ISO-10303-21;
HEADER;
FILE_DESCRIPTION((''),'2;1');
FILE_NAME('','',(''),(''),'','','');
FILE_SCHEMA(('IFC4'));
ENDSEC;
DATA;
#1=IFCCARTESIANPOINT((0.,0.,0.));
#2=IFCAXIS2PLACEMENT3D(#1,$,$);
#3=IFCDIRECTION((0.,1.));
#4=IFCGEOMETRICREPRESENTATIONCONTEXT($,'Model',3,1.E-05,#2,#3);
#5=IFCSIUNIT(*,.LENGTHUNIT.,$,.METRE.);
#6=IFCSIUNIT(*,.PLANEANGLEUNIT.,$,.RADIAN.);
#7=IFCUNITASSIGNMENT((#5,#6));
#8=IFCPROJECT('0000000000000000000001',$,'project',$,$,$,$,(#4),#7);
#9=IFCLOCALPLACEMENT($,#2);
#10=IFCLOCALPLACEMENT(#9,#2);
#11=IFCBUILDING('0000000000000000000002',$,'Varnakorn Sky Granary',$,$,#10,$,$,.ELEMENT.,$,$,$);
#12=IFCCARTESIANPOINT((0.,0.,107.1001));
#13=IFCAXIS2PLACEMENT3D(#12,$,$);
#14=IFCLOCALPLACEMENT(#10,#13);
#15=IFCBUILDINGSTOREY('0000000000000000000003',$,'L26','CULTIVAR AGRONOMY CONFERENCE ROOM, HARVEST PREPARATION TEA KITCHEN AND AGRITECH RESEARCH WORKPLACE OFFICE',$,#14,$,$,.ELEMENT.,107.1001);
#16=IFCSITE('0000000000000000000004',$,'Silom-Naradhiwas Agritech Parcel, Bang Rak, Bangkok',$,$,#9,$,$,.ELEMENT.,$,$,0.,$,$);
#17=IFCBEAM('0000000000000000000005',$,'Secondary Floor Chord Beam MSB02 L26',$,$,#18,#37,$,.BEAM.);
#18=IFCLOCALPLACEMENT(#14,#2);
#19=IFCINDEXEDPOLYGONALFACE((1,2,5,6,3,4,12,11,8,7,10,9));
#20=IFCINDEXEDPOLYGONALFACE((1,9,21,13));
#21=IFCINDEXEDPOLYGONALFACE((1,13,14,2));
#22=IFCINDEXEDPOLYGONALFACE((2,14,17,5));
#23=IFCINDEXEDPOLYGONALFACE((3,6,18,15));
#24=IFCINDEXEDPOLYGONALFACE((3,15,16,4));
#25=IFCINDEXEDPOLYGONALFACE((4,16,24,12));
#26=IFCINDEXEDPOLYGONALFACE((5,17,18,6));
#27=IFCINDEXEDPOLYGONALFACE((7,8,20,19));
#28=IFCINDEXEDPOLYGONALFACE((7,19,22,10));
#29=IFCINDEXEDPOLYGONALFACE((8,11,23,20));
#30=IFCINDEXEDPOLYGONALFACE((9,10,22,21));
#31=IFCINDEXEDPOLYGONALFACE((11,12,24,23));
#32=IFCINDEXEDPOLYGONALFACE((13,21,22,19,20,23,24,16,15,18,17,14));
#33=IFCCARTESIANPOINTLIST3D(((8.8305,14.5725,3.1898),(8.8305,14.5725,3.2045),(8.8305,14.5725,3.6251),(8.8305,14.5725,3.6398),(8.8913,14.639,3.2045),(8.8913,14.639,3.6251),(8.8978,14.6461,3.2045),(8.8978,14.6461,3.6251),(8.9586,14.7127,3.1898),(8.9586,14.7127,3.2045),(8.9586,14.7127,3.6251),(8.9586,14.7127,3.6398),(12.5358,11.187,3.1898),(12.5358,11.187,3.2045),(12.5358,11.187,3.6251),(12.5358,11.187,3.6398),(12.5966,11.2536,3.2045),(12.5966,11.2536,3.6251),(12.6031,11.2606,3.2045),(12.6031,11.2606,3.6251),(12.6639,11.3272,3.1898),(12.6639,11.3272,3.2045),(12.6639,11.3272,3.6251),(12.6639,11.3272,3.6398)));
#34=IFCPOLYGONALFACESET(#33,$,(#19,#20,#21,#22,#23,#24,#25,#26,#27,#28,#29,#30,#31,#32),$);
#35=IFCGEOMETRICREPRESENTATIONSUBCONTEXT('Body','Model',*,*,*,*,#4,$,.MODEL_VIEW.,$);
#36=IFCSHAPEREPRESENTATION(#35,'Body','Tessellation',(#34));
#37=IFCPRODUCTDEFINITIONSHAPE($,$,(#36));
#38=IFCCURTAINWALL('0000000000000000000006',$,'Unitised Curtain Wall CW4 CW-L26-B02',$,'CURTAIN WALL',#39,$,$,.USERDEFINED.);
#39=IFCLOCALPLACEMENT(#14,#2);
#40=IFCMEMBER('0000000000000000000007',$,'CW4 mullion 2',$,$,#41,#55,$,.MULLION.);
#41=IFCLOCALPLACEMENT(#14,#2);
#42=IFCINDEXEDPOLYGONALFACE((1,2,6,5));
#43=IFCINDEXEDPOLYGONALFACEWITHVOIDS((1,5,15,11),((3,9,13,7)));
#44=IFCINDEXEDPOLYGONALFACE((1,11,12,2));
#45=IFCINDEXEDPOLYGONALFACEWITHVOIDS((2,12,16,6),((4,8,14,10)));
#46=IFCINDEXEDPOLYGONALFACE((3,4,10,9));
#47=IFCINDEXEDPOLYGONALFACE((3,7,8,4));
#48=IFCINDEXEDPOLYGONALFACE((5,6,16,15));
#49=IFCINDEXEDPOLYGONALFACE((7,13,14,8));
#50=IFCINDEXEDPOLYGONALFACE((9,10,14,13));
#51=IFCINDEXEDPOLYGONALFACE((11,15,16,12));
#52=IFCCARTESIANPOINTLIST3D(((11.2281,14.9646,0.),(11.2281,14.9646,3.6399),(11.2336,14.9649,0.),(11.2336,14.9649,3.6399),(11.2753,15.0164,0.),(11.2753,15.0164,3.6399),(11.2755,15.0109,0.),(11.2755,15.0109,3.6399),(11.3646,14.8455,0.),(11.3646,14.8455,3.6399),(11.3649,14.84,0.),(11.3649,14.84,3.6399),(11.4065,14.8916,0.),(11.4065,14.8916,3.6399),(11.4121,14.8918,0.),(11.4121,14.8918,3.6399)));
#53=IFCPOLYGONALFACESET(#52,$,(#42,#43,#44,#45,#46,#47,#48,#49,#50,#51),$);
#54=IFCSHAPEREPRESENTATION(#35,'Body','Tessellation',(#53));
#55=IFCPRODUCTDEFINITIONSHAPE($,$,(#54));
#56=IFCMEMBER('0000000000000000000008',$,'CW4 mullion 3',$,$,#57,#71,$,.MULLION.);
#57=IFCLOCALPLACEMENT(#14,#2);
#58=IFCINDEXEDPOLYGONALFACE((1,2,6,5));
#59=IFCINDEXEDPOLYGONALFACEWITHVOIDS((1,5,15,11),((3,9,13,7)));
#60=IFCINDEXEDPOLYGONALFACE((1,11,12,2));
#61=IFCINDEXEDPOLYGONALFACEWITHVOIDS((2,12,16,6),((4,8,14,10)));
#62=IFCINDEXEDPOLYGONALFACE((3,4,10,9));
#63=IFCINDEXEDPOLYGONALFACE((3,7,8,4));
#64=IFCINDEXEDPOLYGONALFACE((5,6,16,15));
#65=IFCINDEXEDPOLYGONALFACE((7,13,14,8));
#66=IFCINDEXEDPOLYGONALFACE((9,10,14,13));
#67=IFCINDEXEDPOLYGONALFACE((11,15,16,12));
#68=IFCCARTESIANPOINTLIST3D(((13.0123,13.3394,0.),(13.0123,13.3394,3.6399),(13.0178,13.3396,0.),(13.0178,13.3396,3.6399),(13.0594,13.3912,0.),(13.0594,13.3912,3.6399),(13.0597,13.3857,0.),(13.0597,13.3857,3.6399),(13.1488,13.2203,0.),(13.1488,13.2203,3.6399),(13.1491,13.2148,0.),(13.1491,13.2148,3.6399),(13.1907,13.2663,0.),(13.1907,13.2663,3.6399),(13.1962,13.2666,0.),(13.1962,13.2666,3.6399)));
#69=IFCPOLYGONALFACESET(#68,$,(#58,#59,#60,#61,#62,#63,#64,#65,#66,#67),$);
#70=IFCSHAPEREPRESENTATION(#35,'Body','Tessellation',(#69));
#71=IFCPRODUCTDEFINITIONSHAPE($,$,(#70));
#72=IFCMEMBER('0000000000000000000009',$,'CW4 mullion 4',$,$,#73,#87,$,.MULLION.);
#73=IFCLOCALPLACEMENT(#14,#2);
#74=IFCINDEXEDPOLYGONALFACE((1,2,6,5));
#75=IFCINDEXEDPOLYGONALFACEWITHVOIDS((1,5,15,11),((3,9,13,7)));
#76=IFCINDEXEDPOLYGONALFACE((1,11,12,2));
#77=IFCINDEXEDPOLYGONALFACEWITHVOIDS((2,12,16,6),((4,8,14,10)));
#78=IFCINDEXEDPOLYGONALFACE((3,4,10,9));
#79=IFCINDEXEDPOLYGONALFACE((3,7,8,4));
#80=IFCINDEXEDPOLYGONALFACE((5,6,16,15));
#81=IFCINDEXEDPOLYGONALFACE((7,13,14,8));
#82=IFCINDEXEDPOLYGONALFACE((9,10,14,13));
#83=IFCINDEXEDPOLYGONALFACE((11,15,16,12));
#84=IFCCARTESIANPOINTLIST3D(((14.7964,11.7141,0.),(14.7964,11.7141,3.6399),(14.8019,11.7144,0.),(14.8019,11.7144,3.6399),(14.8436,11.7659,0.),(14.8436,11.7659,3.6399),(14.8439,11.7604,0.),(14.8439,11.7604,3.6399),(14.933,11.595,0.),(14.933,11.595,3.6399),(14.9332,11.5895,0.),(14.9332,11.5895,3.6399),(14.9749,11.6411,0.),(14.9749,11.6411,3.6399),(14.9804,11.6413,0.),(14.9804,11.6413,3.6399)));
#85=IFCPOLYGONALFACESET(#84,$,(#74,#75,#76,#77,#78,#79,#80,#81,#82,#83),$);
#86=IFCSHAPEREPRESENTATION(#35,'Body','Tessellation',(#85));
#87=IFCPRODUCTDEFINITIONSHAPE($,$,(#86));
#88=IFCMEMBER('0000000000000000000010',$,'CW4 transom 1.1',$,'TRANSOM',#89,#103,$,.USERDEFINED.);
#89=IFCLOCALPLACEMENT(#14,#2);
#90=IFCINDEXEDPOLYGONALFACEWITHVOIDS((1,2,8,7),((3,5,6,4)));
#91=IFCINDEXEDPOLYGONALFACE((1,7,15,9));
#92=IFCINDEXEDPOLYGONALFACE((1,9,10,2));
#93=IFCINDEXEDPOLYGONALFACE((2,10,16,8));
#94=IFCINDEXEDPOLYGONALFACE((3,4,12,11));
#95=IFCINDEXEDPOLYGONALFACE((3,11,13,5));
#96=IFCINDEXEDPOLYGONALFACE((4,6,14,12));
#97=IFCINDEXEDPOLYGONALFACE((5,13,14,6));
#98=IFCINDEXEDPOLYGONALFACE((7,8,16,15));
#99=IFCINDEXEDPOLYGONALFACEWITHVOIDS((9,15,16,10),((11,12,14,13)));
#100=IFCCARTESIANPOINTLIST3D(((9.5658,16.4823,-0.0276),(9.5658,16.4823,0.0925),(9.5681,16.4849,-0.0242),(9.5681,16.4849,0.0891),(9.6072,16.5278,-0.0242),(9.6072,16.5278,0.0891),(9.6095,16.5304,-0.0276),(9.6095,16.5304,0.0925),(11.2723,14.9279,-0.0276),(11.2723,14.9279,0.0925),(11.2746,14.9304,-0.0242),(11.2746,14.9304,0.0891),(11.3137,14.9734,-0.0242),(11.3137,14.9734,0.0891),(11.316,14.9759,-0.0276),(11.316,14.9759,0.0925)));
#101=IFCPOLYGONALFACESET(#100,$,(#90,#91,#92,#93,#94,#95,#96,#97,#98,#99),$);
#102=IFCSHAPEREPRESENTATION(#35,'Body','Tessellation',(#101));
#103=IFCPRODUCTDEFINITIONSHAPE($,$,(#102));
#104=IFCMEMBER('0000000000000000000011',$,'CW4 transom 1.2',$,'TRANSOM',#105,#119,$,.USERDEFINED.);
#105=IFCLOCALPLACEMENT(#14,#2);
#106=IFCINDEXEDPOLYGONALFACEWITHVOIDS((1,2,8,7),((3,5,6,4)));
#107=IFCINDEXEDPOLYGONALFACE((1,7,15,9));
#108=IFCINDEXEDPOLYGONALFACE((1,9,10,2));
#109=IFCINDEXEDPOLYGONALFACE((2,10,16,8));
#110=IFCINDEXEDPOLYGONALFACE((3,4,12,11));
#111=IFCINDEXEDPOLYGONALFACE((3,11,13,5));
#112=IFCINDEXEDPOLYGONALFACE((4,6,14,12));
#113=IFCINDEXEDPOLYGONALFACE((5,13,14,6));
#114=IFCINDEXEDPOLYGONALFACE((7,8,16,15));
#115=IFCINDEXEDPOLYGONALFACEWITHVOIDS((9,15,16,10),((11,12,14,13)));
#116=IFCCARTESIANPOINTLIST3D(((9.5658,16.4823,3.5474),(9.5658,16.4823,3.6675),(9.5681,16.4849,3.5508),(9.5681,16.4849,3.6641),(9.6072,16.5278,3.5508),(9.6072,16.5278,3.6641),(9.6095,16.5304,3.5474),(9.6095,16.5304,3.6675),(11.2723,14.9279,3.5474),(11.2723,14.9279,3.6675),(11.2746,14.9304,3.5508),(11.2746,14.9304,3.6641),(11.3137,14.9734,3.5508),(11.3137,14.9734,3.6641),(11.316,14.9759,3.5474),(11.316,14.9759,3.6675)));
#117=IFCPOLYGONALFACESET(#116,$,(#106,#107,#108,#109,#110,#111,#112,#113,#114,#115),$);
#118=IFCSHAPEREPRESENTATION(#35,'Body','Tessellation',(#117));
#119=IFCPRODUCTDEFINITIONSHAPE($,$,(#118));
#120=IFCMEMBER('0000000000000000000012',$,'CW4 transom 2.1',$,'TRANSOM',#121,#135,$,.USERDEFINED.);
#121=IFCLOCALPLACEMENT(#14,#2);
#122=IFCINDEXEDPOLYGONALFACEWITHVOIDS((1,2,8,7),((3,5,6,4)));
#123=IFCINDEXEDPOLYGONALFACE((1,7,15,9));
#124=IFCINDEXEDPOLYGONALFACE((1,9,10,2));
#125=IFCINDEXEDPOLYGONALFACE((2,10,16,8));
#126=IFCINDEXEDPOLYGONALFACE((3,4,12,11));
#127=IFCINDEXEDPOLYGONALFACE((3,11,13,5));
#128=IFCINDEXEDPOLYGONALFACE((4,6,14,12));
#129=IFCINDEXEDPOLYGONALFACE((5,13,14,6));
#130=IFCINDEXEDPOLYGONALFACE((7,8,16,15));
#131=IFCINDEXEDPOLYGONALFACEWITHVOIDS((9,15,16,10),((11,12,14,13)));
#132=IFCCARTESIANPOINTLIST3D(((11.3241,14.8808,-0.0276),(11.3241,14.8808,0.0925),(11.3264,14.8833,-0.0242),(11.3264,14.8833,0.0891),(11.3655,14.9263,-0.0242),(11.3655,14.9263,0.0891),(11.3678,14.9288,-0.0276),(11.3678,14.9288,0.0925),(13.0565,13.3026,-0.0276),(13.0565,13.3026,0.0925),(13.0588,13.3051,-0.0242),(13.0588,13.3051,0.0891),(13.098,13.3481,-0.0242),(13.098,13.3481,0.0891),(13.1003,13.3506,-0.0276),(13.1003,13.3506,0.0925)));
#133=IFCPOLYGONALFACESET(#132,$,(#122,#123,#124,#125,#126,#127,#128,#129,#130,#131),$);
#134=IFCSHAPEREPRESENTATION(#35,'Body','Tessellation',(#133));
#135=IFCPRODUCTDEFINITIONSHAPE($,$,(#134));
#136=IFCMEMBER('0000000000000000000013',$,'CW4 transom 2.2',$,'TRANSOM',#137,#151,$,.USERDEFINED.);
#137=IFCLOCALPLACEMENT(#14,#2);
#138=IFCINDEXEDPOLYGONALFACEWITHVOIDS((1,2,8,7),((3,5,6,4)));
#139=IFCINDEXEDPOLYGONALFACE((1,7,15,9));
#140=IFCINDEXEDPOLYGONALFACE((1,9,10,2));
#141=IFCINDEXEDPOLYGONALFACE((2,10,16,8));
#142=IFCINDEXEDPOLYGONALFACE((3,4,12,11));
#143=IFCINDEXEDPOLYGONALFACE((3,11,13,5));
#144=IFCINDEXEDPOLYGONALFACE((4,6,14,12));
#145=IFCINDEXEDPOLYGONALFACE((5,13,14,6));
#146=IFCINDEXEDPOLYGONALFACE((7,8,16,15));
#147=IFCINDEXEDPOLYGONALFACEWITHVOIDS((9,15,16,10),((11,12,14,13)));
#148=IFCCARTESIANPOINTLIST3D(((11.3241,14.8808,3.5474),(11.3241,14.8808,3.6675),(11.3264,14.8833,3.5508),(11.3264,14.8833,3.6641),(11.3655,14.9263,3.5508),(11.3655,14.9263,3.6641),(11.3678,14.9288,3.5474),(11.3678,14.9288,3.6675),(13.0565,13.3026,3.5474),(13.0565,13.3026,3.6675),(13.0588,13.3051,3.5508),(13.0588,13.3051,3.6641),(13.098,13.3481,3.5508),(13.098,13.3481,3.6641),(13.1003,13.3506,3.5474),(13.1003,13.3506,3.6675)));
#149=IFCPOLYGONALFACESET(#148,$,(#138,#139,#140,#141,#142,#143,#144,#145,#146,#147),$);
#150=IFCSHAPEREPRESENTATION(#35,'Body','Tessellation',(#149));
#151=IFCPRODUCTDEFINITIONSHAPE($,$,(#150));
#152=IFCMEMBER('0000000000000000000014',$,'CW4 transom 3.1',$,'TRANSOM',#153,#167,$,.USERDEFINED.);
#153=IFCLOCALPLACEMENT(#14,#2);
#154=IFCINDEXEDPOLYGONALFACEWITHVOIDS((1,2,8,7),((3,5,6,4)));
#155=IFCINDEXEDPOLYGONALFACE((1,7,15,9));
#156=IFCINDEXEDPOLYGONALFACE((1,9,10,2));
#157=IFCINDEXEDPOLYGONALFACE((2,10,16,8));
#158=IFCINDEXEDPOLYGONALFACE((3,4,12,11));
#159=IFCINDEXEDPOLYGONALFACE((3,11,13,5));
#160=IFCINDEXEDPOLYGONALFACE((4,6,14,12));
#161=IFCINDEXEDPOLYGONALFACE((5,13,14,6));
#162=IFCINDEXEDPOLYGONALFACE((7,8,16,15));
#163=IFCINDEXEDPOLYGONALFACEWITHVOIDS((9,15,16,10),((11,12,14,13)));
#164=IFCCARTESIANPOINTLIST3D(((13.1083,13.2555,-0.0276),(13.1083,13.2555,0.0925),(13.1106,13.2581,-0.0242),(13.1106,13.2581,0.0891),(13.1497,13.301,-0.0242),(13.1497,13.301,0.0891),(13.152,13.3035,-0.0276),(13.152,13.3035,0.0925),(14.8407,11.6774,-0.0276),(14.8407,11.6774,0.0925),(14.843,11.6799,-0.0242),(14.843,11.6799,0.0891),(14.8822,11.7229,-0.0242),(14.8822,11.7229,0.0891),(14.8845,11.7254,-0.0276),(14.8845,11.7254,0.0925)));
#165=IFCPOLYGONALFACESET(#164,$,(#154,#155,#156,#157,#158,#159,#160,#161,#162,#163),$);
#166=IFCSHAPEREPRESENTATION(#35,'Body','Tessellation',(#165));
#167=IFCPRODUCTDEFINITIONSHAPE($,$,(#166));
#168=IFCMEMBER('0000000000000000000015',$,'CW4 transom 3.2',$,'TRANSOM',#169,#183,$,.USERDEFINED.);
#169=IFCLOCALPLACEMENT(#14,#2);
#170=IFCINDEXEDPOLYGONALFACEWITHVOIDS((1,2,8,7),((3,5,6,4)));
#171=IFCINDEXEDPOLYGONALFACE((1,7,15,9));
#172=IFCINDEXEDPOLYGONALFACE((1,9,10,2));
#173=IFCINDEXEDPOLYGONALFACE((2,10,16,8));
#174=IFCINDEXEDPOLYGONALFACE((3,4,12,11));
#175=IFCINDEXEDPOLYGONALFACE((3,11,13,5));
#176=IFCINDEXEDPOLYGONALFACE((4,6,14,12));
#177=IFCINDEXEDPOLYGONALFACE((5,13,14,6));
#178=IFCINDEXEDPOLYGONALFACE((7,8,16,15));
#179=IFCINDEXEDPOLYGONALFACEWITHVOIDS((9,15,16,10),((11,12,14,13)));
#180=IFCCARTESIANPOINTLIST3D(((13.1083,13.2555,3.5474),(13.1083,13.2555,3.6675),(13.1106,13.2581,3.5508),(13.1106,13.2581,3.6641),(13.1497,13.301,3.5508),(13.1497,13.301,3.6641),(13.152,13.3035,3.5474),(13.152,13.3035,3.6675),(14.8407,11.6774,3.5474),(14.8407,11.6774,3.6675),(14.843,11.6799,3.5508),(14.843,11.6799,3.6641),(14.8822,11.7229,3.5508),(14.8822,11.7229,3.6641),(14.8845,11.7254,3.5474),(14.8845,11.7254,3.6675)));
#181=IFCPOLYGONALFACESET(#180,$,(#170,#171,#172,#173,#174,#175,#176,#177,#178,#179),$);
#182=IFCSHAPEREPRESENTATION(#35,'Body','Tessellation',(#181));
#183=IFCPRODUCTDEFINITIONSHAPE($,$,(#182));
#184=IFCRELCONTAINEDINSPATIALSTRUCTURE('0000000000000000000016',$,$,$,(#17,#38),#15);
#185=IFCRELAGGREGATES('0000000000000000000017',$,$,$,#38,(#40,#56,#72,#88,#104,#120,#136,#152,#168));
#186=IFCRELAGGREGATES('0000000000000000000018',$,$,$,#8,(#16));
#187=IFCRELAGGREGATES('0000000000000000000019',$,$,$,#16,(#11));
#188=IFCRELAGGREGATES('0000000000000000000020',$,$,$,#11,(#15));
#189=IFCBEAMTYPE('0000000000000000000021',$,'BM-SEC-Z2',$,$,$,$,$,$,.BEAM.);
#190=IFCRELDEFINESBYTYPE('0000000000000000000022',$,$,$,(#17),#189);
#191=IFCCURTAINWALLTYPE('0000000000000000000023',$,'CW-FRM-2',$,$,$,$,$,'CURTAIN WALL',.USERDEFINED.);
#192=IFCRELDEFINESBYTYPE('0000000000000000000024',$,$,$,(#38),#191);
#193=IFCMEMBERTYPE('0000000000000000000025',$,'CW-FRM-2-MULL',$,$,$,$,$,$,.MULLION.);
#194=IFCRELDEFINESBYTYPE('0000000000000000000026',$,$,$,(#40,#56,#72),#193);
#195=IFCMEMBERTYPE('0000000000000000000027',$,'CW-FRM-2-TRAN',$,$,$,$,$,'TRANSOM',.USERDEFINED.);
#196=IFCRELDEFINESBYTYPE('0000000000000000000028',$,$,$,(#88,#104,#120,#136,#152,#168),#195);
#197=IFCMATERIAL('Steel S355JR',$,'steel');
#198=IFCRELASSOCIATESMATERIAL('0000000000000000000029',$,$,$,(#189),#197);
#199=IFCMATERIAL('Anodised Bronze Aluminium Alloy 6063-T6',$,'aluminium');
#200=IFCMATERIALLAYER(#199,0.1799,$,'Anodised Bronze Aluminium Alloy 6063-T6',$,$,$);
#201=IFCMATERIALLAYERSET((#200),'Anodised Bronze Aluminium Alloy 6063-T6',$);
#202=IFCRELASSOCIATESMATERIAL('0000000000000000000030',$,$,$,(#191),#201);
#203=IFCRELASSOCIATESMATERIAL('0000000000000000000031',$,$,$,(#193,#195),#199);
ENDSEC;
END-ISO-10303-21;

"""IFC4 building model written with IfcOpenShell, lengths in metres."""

from ifc_helpers import new_model, si_unit, direction, frame, origin, origin_2d, place, context, subcontext, project, spatial, hollow_rectangle, i_section, extrude, material, layer, layer_set, material_profile, profile_set, type_object, element, aggregate, save


model = new_model("IFC4")

# Units and contexts
model_context = context("Model", 3, precision=1e-05, world=origin(), true_north=direction((0.0, 1.0)))
body_context = subcontext(model_context, "Body", "Model", "MODEL_VIEW")
ifc_project = project(units=[si_unit("LENGTHUNIT", "METRE"), si_unit("PLANEANGLEUNIT", "RADIAN")], contexts=[model_context])

# Site, building, storey
site_placement = place(None, origin())
site = spatial("IfcSite", under=ifc_project, at=site_placement, Name="Silom-Naradhiwas Agritech Parcel, Bang Rak, Bangkok", CompositionType="ELEMENT", RefElevation=0.0)
building_placement = place(site_placement, origin())
building = spatial("IfcBuilding", under=site, at=building_placement, Name="Varnakorn Sky Granary", CompositionType="ELEMENT")
storey_placement = place(building_placement, frame((0.0, 0.0, 107.1001)))
storey = spatial("IfcBuildingStorey", under=building, at=storey_placement, Name="L26", Description="CULTIVAR AGRONOMY CONFERENCE ROOM, HARVEST PREPARATION TEA KITCHEN AND AGRITECH RESEARCH WORKPLACE OFFICE", CompositionType="ELEMENT", Elevation=107.1001)

# Beam
ifc_material_1 = material(Name="Steel S355JR", Category="steel")
ifc_material_profile_1 = material_profile(ifc_material_1, i_section(OverallWidth=0.1899, OverallDepth=0.45, WebThickness=0.0095, FlangeThickness=0.0146, at=origin_2d()), Name="IPE 450")
ifc_profile_set_1 = profile_set([ifc_material_profile_1], Name="Steel S355JR")
beam_type = type_object("IfcBeamType", Name="BM-SEC-Z2", PredefinedType="BEAM", material=ifc_profile_set_1)
beam_placement = place(storey_placement, frame((12.5999, 11.2571, 3.4148), z_axis=(-0.73825, 0.674528, 0.0), x_axis=(-0.674528, -0.73825, 0.0)))
element("IfcBeam", 1, at=beam_placement, inside=storey, type_object=beam_type, Name="Secondary Floor Chord Beam MSB02 L26", PredefinedType="BEAM", context=body_context, shape_type="SweptSolid", body=[
    extrude(i_section(OverallWidth=0.1899, OverallDepth=0.45, WebThickness=0.0095, FlangeThickness=0.0146, at=origin_2d()), origin(), (0.0, 0.0, 1.0), 5.019),
])

# Curtain wall, members
ifc_material_2 = material(Name="Anodised Bronze Aluminium Alloy 6063-T6", Category="aluminium")
ifc_layer_1 = layer(ifc_material_2, 0.1799, Name="Anodised Bronze Aluminium Alloy 6063-T6")
ifc_layer_set_1 = layer_set([ifc_layer_1], Name="Anodised Bronze Aluminium Alloy 6063-T6")
curtain_wall_type = type_object("IfcCurtainWallType", Name="CW-FRM-2", ElementType="CURTAIN WALL", PredefinedType="USERDEFINED", material=ifc_layer_set_1)
curtain_wall_placement = place(storey_placement, origin())
curtain_wall = element("IfcCurtainWall", 2, at=curtain_wall_placement, inside=storey, type_object=curtain_wall_type, Name="Unitised Curtain Wall CW4 CW-L26-B02", ObjectType="CURTAIN WALL", PredefinedType="USERDEFINED")
ifc_material_profile_2 = material_profile(ifc_material_2, hollow_rectangle(XDim=0.0701, YDim=0.1851, WallThickness=0.0039, at=origin_2d()), Name="ALU MULL 70x185")
ifc_profile_set_2 = profile_set([ifc_material_profile_2], Name="Anodised Bronze Aluminium Alloy 6063-T6")
member_type_1 = type_object("IfcMemberType", Name="CW-FRM-2-MULL", PredefinedType="MULLION", material=ifc_profile_set_2)
member_1_placement = place(storey_placement, frame((11.3201, 14.9282, 0.0), z_axis=(0.0, 0.0, 1.0), x_axis=(0.673414, 0.739265, 0.0)))
member_1 = element("IfcMember", 3, at=member_1_placement, type_object=member_type_1, Name="CW4 mullion 2", PredefinedType="MULLION", context=body_context, shape_type="SweptSolid", body=[
    extrude(hollow_rectangle(XDim=0.0701, YDim=0.1851, WallThickness=0.0039, at=origin_2d()), origin(), (0.0, 0.0, 1.0), 3.6399),
])
member_2_placement = place(storey_placement, frame((13.1042, 13.303, 0.0), z_axis=(0.0, 0.0, 1.0), x_axis=(0.673414, 0.739265, 0.0)))
member_2 = element("IfcMember", 4, at=member_2_placement, type_object=member_type_1, Name="CW4 mullion 3", PredefinedType="MULLION", context=body_context, shape_type="SweptSolid", body=[
    extrude(hollow_rectangle(XDim=0.0701, YDim=0.1851, WallThickness=0.0039, at=origin_2d()), origin(), (0.0, 0.0, 1.0), 3.6399),
])
member_3_placement = place(storey_placement, frame((14.8884, 11.6777, 0.0), z_axis=(0.0, 0.0, 1.0), x_axis=(0.673414, 0.739265, 0.0)))
member_3 = element("IfcMember", 5, at=member_3_placement, type_object=member_type_1, Name="CW4 mullion 4", PredefinedType="MULLION", context=body_context, shape_type="SweptSolid", body=[
    extrude(hollow_rectangle(XDim=0.0701, YDim=0.1851, WallThickness=0.0039, at=origin_2d()), origin(), (0.0, 0.0, 1.0), 3.6399),
])
ifc_material_profile_3 = material_profile(ifc_material_2, hollow_rectangle(XDim=0.0649, YDim=0.1201, WallThickness=0.0034, at=origin_2d()), Name="ALU TRAN 65x120")
ifc_profile_set_3 = profile_set([ifc_material_profile_3], Name="Anodised Bronze Aluminium Alloy 6063-T6")
member_type_2 = type_object("IfcMemberType", Name="CW-FRM-2-TRAN", ElementType="TRANSOM", PredefinedType="USERDEFINED", material=ifc_profile_set_3)
member_4_placement = place(storey_placement, frame((9.5876, 16.5063, 0.0325), z_axis=(0.739284, -0.673394, 0.0), x_axis=(0.673394, 0.739284, 0.0)))
member_4 = element("IfcMember", 6, at=member_4_placement, type_object=member_type_2, Name="CW4 transom 1.1", ObjectType="TRANSOM", PredefinedType="USERDEFINED", context=body_context, shape_type="SweptSolid", body=[
    extrude(hollow_rectangle(XDim=0.0649, YDim=0.1201, WallThickness=0.0034, at=origin_2d()), origin(), (0.0, 0.0, 1.0), 2.3083),
])
member_5_placement = place(storey_placement, frame((9.5876, 16.5063, 3.6074), z_axis=(0.739284, -0.673394, 0.0), x_axis=(0.673394, 0.739284, 0.0)))
member_5 = element("IfcMember", 7, at=member_5_placement, type_object=member_type_2, Name="CW4 transom 1.2", ObjectType="TRANSOM", PredefinedType="USERDEFINED", context=body_context, shape_type="SweptSolid", body=[
    extrude(hollow_rectangle(XDim=0.0649, YDim=0.1201, WallThickness=0.0034, at=origin_2d()), origin(), (0.0, 0.0, 1.0), 2.3083),
])
member_6_placement = place(storey_placement, frame((11.3459, 14.9048, 0.0325), z_axis=(0.739261, -0.673419, 0.0), x_axis=(0.673419, 0.739261, 0.0)))
member_6 = element("IfcMember", 8, at=member_6_placement, type_object=member_type_2, Name="CW4 transom 2.1", ObjectType="TRANSOM", PredefinedType="USERDEFINED", context=body_context, shape_type="SweptSolid", body=[
    extrude(hollow_rectangle(XDim=0.0649, YDim=0.1201, WallThickness=0.0034, at=origin_2d()), origin(), (0.0, 0.0, 1.0), 2.3435),
])
member_7_placement = place(storey_placement, frame((11.3459, 14.9048, 3.6074), z_axis=(0.739261, -0.673419, 0.0), x_axis=(0.673419, 0.739261, 0.0)))
member_7 = element("IfcMember", 9, at=member_7_placement, type_object=member_type_2, Name="CW4 transom 2.2", ObjectType="TRANSOM", PredefinedType="USERDEFINED", context=body_context, shape_type="SweptSolid", body=[
    extrude(hollow_rectangle(XDim=0.0649, YDim=0.1201, WallThickness=0.0034, at=origin_2d()), origin(), (0.0, 0.0, 1.0), 2.3435),
])
member_8_placement = place(storey_placement, frame((13.1301, 13.2795, 0.0325), z_axis=(0.739261, -0.673419, 0.0), x_axis=(0.673419, 0.739261, 0.0)))
member_8 = element("IfcMember", 10, at=member_8_placement, type_object=member_type_2, Name="CW4 transom 3.1", ObjectType="TRANSOM", PredefinedType="USERDEFINED", context=body_context, shape_type="SweptSolid", body=[
    extrude(hollow_rectangle(XDim=0.0649, YDim=0.1201, WallThickness=0.0034, at=origin_2d()), origin(), (0.0, 0.0, 1.0), 2.3435),
])
member_9_placement = place(storey_placement, frame((13.1301, 13.2795, 3.6074), z_axis=(0.739261, -0.673419, 0.0), x_axis=(0.673419, 0.739261, 0.0)))
member_9 = element("IfcMember", 11, at=member_9_placement, type_object=member_type_2, Name="CW4 transom 3.2", ObjectType="TRANSOM", PredefinedType="USERDEFINED", context=body_context, shape_type="SweptSolid", body=[
    extrude(hollow_rectangle(XDim=0.0649, YDim=0.1201, WallThickness=0.0034, at=origin_2d()), origin(), (0.0, 0.0, 1.0), 2.3435),
])

aggregate(curtain_wall, [member_1, member_2, member_3, member_4, member_5, member_6, member_7, member_8, member_9])

save(model, "model.ifc")
